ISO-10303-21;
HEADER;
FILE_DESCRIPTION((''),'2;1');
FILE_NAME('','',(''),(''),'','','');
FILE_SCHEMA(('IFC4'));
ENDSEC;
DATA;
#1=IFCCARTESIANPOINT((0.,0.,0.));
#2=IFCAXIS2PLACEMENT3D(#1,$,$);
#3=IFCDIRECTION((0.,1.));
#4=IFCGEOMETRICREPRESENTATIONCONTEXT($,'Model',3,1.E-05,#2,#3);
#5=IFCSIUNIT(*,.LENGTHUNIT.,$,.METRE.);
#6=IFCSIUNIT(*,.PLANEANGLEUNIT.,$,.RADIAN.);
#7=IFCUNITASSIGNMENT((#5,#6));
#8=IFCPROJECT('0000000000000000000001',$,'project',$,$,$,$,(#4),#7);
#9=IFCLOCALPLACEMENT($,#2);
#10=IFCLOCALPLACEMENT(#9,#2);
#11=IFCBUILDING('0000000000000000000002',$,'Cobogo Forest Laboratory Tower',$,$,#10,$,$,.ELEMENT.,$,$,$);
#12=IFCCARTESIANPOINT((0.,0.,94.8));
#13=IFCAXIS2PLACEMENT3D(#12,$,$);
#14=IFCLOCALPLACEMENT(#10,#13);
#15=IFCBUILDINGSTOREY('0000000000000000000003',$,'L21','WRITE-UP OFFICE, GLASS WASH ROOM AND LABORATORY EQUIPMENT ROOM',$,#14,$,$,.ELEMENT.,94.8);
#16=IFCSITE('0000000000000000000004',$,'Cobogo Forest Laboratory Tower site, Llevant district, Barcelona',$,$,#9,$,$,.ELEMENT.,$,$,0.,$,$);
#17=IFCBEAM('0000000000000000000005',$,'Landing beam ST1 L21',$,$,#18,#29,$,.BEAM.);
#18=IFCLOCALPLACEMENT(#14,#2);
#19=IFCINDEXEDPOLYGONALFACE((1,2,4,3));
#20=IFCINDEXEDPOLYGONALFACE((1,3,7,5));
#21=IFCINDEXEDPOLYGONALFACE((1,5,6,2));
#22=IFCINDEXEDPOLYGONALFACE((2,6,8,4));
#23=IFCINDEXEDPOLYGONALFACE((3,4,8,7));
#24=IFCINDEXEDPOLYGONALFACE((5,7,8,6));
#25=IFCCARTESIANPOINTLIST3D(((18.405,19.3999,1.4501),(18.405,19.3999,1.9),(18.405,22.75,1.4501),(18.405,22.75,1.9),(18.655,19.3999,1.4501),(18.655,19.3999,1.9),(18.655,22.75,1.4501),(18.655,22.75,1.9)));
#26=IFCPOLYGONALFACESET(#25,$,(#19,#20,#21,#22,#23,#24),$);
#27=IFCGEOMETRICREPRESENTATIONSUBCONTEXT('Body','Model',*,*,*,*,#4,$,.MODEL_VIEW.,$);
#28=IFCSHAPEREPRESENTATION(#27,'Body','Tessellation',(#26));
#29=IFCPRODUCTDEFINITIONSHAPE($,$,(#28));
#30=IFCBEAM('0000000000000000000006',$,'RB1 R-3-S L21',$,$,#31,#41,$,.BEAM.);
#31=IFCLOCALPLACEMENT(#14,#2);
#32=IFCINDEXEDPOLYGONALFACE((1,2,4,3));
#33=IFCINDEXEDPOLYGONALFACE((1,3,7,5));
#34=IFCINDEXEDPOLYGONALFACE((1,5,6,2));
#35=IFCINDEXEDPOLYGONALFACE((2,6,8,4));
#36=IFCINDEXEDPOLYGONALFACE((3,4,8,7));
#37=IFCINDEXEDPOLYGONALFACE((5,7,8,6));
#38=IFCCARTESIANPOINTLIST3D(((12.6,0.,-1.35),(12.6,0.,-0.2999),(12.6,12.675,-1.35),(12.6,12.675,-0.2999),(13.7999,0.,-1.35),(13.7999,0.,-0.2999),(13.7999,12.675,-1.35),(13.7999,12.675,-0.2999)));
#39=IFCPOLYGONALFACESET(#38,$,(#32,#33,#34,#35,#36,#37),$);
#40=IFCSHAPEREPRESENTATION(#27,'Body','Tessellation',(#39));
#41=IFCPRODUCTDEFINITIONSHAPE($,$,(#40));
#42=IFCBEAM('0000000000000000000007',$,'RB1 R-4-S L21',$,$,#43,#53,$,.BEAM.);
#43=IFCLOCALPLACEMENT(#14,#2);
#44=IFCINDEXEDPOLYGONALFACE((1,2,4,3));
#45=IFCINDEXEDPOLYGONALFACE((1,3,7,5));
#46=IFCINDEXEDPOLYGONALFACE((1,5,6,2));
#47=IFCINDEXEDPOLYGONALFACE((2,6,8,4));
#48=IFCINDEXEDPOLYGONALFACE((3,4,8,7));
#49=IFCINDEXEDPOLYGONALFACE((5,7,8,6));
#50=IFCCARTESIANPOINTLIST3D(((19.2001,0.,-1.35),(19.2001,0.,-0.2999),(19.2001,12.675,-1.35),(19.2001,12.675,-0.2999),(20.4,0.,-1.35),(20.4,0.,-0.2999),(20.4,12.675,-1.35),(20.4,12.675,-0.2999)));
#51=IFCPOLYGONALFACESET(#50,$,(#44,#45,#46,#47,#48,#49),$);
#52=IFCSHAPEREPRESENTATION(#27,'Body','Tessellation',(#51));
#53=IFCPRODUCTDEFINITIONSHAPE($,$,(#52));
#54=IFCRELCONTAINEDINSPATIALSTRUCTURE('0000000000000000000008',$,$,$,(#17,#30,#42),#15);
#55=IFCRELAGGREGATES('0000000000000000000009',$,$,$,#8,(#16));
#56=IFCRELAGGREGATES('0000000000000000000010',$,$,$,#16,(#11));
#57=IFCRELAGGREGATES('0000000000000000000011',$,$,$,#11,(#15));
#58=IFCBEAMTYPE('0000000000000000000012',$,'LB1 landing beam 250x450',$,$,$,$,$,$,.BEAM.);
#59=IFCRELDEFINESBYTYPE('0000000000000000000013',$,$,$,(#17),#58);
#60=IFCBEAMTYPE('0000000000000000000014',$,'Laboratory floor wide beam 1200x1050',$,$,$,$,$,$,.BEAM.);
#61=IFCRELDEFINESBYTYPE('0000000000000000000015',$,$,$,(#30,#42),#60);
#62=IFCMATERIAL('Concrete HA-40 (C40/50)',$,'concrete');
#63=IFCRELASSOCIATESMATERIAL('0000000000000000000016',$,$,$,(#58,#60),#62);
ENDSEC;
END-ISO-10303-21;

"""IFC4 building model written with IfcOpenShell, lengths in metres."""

from ifc_helpers import new_model, si_unit, direction, frame, origin, origin_2d, place, context, subcontext, project, spatial, rectangle, extrude, material, material_profile, profile_set, type_object, element, save


model = new_model("IFC4")

# Units and contexts
model_context = context("Model", 3, precision=1e-05, world=origin(), true_north=direction((0.0, 1.0)))
body_context = subcontext(model_context, "Body", "Model", "MODEL_VIEW")
ifc_project = project(units=[si_unit("LENGTHUNIT", "METRE"), si_unit("PLANEANGLEUNIT", "RADIAN")], contexts=[model_context])

# Site, building, storey
site_placement = place(None, origin())
site = spatial("IfcSite", under=ifc_project, at=site_placement, Name="Cobogo Forest Laboratory Tower site, Llevant district, Barcelona", CompositionType="ELEMENT", RefElevation=0.0)
building_placement = place(site_placement, origin())
building = spatial("IfcBuilding", under=site, at=building_placement, Name="Cobogo Forest Laboratory Tower", CompositionType="ELEMENT")
storey_placement = place(building_placement, frame((0.0, 0.0, 94.8)))
storey = spatial("IfcBuildingStorey", under=building, at=storey_placement, Name="L21", Description="WRITE-UP OFFICE, GLASS WASH ROOM AND LABORATORY EQUIPMENT ROOM", CompositionType="ELEMENT", Elevation=94.8)

# Beams
ifc_material_1 = material(Name="Concrete HA-40 (C40/50)", Category="concrete")
ifc_material_profile_1 = material_profile(ifc_material_1, rectangle(XDim=0.25, YDim=0.45, at=origin_2d()), Name="RC 250x450")
ifc_profile_set_1 = profile_set([ifc_material_profile_1], Name="Concrete HA-40 (C40/50)")
beam_type_1 = type_object("IfcBeamType", Name="LB1 landing beam 250x450", PredefinedType="BEAM", material=ifc_profile_set_1)
beam_placement = place(storey_placement, frame((18.53, 19.3999, 1.675), z_axis=(0.0, 1.0, 0.0), x_axis=(-1.0, 0.0, 0.0)))
element("IfcBeam", 1, at=beam_placement, inside=storey, type_object=beam_type_1, Name="Landing beam ST1 L21", PredefinedType="BEAM", context=body_context, shape_type="SweptSolid", body=[
    extrude(rectangle(XDim=0.25, YDim=0.45, at=origin_2d()), origin(), (0.0, 0.0, 1.0), 3.3501),
])
ifc_material_profile_2 = material_profile(ifc_material_1, rectangle(XDim=1.2, YDim=1.05, at=origin_2d()), Name="RC 1200x1050")
ifc_profile_set_2 = profile_set([ifc_material_profile_2], Name="Concrete HA-40 (C40/50)")
beam_type_2 = type_object("IfcBeamType", Name="Laboratory floor wide beam 1200x1050", PredefinedType="BEAM", material=ifc_profile_set_2)
for number, where, z_axis, x_axis, name in (
    (2, (13.2, 12.675, -0.825), (0.0, -1.0, 0.0), (1.0, 0.0, 0.0), "RB1 R-3-S L21"),
    (3, (19.8, 12.675, -0.825), (0.0, -1.0, 0.0), (1.0, 0.0, 0.0), "RB1 R-4-S L21"),
):
    element("IfcBeam", number, at=place(storey_placement, frame(where, z_axis=z_axis, x_axis=x_axis)), inside=storey, type_object=beam_type_2, Name=name, PredefinedType="BEAM", context=body_context, shape_type="SweptSolid", body=[
        extrude(rectangle(XDim=1.2, YDim=1.05, at=origin_2d()), origin(), (0.0, 0.0, 1.0), 12.675),
    ])

save(model, "model.ifc")
